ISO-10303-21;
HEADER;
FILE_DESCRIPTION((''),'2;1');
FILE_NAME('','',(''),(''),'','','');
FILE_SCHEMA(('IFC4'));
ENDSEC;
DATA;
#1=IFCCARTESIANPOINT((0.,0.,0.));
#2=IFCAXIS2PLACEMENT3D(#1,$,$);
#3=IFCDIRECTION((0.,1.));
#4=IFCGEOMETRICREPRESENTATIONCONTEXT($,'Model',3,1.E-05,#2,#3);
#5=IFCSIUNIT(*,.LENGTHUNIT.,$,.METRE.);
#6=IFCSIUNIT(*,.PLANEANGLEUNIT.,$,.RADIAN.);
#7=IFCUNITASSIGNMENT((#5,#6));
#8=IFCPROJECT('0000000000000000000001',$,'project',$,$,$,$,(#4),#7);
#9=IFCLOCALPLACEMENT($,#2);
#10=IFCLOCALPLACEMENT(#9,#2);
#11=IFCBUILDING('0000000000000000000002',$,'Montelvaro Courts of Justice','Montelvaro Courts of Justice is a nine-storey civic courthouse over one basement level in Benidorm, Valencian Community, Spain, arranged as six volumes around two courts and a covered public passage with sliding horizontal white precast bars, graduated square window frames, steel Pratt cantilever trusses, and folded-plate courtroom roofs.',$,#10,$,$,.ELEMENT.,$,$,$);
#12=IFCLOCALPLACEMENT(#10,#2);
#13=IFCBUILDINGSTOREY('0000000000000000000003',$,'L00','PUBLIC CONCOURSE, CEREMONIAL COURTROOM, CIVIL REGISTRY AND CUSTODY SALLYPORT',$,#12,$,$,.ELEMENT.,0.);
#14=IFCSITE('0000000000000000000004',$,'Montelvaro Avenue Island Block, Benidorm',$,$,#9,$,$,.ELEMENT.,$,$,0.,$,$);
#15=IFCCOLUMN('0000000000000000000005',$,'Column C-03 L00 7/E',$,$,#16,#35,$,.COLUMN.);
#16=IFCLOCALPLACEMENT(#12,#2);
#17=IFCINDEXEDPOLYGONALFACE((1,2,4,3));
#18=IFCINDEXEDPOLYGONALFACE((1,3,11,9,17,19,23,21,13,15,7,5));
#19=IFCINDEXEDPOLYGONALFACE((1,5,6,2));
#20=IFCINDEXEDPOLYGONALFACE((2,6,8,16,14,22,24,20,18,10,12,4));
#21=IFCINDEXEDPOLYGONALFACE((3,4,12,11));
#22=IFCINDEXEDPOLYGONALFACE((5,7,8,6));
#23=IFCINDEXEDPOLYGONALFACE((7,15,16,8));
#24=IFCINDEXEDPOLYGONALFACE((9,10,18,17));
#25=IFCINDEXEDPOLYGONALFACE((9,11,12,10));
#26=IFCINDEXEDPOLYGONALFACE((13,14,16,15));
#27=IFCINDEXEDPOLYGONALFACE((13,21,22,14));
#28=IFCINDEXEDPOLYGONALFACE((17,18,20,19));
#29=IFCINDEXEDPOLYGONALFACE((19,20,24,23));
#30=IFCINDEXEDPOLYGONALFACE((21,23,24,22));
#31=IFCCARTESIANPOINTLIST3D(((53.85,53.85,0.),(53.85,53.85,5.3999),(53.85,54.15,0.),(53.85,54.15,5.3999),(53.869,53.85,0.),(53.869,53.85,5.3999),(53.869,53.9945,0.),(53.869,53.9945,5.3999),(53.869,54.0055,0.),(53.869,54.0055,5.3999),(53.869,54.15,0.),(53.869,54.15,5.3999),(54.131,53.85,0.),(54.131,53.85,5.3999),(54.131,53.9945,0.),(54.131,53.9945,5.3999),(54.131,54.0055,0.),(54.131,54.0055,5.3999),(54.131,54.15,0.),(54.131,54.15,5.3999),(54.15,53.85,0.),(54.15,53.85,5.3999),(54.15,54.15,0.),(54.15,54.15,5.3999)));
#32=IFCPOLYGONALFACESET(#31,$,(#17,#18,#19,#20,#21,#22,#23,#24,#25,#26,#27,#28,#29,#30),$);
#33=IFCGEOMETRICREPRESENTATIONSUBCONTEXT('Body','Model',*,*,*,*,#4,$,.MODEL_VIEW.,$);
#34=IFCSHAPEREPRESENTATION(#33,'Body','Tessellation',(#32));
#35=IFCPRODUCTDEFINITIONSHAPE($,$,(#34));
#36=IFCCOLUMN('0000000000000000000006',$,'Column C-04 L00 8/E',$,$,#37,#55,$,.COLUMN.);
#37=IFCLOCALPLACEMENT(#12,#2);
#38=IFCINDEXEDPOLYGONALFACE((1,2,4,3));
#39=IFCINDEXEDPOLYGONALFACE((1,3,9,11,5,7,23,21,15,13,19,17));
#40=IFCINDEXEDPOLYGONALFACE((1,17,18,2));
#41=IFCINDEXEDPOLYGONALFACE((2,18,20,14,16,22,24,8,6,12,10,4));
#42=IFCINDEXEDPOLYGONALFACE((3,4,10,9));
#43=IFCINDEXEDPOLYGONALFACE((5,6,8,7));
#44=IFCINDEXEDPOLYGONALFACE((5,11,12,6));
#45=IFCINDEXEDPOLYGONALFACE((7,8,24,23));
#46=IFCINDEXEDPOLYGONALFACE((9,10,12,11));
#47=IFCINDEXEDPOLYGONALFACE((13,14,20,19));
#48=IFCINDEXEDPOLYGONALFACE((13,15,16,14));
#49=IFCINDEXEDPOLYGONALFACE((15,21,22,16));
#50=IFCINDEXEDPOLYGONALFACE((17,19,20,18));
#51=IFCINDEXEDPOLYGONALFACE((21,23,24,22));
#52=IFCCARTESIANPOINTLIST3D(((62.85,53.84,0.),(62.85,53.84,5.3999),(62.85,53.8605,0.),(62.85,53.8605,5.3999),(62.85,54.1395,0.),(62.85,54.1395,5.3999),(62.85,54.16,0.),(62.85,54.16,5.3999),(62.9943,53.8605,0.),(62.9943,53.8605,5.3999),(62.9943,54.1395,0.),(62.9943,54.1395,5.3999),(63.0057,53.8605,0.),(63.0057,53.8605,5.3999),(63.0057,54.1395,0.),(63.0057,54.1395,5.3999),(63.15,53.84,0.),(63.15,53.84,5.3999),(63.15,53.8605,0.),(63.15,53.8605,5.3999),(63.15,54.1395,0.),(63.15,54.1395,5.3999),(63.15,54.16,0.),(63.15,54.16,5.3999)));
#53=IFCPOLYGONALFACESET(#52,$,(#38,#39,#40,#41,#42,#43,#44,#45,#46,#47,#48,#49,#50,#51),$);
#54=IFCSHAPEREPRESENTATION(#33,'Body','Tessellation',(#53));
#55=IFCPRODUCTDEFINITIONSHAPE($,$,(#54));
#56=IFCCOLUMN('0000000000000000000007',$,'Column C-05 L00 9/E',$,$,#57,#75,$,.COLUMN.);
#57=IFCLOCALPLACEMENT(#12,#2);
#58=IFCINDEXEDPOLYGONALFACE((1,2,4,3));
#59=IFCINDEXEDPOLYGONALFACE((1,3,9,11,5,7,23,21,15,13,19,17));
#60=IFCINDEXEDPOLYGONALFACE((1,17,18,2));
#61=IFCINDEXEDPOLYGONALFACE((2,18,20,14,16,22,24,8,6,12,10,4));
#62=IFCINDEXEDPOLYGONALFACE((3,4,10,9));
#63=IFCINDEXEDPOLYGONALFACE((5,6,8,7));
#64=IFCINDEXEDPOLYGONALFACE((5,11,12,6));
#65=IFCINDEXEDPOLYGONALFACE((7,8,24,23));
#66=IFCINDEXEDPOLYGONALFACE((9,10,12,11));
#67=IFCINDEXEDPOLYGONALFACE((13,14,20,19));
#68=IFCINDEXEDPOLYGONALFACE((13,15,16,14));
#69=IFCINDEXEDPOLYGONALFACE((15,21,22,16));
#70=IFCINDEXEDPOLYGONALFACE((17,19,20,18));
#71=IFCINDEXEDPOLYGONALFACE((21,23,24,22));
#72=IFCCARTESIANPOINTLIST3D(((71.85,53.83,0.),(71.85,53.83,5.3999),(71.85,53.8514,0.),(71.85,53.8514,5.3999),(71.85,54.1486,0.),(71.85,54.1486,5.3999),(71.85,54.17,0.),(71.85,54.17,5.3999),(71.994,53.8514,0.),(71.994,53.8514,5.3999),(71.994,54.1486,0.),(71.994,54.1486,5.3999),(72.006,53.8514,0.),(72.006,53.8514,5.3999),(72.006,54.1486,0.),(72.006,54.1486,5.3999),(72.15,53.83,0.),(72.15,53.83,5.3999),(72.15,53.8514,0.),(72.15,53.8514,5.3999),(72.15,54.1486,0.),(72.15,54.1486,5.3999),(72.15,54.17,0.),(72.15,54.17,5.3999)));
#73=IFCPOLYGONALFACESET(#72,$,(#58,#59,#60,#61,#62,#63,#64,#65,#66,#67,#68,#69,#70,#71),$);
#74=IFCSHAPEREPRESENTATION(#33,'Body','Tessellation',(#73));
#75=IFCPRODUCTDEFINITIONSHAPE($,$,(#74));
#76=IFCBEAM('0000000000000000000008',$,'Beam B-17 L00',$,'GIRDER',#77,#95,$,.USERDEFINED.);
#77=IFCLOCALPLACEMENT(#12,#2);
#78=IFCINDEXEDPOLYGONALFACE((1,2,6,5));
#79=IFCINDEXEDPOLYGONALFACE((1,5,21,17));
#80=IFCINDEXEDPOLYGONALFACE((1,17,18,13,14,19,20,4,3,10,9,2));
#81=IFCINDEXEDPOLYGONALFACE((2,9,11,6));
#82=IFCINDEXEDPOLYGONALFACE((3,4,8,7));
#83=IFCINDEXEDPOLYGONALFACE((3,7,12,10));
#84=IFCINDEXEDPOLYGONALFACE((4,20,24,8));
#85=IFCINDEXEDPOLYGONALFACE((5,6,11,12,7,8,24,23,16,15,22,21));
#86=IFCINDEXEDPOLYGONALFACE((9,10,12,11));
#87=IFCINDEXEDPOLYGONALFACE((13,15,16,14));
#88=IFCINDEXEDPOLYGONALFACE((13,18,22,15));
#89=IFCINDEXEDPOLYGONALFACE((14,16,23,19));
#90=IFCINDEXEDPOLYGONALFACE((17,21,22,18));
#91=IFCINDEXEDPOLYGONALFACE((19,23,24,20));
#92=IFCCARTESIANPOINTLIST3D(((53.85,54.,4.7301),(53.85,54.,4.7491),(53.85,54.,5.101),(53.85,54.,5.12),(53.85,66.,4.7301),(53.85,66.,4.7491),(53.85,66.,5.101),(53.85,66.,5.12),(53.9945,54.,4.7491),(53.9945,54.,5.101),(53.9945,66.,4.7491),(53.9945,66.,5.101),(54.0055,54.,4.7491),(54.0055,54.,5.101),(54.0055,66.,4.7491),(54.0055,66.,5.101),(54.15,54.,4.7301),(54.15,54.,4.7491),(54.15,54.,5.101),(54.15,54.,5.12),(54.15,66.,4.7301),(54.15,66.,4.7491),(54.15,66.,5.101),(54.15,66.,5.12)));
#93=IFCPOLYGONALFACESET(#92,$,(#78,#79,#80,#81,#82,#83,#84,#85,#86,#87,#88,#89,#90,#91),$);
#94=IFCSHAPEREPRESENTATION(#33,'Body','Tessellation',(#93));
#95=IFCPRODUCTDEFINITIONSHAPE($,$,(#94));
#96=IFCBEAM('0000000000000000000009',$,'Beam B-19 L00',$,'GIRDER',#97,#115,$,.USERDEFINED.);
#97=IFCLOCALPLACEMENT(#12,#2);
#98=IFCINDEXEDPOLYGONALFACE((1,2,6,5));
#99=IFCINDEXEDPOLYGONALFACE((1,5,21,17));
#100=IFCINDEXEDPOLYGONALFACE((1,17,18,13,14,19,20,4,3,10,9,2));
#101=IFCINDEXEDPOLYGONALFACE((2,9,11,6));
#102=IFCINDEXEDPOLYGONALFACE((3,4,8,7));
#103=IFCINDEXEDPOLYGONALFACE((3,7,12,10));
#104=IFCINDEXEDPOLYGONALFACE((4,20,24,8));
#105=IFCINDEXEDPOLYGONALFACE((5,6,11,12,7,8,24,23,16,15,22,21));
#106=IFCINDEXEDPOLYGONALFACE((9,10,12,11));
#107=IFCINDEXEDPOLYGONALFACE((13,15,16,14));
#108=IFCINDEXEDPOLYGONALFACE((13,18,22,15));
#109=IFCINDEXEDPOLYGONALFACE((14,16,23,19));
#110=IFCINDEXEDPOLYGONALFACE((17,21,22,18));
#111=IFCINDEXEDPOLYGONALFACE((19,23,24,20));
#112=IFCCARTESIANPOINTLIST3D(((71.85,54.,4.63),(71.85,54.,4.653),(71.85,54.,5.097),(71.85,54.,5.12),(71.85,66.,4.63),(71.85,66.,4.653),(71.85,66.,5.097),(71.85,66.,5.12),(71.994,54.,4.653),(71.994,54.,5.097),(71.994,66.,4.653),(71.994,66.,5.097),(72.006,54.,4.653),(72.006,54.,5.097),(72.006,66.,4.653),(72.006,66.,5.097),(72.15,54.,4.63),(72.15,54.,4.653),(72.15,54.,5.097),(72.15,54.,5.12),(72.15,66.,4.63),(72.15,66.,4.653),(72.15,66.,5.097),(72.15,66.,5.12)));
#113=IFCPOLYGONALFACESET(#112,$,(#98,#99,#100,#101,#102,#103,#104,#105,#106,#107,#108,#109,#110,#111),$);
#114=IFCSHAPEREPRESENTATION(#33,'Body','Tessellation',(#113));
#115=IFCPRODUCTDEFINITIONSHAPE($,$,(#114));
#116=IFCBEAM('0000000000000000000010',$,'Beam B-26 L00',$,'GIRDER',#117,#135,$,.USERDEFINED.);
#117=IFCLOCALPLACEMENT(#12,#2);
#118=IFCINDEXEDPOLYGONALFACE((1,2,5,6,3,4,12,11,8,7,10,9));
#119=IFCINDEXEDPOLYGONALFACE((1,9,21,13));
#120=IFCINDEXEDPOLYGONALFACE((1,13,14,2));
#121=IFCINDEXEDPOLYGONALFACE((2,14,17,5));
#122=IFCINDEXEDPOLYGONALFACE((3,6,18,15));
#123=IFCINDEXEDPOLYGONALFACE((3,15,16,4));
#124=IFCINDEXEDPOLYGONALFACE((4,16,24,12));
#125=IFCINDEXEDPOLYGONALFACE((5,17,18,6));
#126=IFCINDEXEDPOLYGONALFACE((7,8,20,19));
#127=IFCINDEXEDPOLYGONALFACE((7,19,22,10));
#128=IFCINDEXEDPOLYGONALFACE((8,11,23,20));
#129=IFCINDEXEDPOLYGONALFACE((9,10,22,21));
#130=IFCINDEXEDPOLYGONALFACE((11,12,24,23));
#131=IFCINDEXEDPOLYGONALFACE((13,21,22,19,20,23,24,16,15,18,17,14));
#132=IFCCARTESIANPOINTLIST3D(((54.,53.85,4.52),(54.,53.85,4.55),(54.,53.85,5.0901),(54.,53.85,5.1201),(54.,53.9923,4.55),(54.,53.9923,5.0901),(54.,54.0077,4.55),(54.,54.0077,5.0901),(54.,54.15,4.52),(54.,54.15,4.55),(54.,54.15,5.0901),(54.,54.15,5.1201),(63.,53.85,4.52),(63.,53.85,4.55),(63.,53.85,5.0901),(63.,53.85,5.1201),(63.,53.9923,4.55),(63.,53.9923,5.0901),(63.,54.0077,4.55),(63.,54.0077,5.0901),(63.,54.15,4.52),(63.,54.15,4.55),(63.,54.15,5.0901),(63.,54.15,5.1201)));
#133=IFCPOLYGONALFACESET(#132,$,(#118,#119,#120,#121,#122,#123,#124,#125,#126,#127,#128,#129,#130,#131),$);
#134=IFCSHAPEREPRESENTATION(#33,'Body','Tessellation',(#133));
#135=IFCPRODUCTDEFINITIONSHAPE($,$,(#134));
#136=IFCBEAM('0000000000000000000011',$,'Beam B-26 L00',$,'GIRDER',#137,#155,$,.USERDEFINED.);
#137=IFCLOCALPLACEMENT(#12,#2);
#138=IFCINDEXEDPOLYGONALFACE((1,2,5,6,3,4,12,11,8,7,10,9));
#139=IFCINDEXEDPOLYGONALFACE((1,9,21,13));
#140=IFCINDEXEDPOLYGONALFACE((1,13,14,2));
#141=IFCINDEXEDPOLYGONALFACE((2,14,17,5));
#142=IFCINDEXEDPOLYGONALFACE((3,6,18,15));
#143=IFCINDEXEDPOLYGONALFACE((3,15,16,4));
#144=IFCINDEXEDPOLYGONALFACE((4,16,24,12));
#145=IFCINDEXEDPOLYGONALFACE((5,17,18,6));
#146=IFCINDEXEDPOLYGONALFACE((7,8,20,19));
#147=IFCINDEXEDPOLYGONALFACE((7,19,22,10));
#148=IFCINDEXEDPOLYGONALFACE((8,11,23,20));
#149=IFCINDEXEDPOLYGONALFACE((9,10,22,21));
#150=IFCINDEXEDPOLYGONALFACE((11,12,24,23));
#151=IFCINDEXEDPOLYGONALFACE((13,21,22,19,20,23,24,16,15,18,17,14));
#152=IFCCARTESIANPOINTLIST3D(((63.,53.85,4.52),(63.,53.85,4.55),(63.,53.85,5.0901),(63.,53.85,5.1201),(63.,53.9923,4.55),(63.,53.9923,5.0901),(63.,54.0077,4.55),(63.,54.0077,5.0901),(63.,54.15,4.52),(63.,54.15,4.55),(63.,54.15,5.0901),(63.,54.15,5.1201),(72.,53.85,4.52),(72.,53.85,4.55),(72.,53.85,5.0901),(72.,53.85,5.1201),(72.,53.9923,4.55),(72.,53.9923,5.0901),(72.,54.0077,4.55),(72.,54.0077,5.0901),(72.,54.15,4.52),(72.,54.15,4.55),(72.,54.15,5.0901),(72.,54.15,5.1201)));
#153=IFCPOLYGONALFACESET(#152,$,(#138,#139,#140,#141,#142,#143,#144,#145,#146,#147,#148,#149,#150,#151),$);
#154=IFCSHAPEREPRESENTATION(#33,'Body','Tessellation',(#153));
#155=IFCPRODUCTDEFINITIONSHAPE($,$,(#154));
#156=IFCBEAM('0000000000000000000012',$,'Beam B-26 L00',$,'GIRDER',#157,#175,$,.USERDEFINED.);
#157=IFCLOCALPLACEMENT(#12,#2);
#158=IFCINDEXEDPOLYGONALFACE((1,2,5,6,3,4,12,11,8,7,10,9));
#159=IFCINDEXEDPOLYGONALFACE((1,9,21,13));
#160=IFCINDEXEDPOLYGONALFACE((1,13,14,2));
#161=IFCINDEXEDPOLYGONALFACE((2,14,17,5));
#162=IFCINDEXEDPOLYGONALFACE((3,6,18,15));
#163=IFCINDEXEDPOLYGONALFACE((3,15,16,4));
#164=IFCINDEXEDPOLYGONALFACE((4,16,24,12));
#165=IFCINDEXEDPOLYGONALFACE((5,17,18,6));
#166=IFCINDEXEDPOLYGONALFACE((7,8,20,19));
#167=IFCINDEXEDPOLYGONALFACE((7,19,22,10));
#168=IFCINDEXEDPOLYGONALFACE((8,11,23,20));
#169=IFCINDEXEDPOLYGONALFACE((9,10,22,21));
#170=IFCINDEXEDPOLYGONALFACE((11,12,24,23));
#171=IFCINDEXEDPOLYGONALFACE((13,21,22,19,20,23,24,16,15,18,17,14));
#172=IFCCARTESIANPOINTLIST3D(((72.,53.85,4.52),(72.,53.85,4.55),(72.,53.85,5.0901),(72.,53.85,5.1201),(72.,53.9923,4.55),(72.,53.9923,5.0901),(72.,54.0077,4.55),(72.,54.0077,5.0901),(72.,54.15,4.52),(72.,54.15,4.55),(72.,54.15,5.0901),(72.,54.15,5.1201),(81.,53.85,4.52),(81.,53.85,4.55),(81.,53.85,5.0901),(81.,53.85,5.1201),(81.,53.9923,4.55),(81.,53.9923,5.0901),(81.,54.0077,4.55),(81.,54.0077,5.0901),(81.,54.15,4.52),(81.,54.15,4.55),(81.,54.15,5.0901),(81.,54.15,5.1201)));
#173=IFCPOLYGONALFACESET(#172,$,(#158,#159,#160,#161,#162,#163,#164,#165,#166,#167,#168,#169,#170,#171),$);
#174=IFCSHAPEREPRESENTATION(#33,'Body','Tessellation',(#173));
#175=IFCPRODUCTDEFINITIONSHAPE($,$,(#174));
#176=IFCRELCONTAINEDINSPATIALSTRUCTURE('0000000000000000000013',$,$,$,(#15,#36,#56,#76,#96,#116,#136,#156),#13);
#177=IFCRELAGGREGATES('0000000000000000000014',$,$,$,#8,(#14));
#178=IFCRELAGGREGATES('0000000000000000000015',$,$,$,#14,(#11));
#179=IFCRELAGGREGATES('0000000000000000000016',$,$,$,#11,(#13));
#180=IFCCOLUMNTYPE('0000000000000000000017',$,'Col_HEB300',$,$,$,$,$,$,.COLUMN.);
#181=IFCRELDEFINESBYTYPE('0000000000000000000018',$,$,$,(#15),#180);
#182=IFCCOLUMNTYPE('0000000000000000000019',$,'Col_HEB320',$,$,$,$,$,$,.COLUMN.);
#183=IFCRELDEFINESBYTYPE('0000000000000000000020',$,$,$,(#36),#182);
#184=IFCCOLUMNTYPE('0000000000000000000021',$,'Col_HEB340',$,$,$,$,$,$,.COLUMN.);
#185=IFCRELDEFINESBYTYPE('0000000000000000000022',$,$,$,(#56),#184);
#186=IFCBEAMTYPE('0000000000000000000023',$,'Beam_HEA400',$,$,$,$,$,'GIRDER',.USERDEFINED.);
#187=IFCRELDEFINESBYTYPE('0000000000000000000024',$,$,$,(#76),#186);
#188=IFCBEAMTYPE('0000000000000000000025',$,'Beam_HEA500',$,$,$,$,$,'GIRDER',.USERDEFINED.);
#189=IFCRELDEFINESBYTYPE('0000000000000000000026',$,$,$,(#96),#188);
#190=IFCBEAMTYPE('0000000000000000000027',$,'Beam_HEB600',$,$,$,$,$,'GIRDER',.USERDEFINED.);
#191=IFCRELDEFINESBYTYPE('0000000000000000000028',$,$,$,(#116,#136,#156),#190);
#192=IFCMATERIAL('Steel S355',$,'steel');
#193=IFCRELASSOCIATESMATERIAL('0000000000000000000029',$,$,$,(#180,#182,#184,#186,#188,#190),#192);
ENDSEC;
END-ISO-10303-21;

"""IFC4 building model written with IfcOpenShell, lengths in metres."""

from ifc_helpers import new_model, si_unit, direction, frame, origin, origin_2d, place, context, subcontext, project, spatial, i_section, extrude, material, material_profile, profile_set, type_object, element, save


model = new_model("IFC4")

# Units and contexts
model_context = context("Model", 3, precision=1e-05, world=origin(), true_north=direction((0.0, 1.0)))
body_context = subcontext(model_context, "Body", "Model", "MODEL_VIEW")
ifc_project = project(units=[si_unit("LENGTHUNIT", "METRE"), si_unit("PLANEANGLEUNIT", "RADIAN")], contexts=[model_context])

# Site, building, storey
site_placement = place(None, origin())
site = spatial("IfcSite", under=ifc_project, at=site_placement, Name="Montelvaro Avenue Island Block, Benidorm", CompositionType="ELEMENT", RefElevation=0.0)
building_placement = place(site_placement, origin())
building = spatial("IfcBuilding", under=site, at=building_placement, Name="Montelvaro Courts of Justice", Description="Montelvaro Courts of Justice is a nine-storey civic courthouse over one basement level in Benidorm, Valencian Community, Spain, arranged as six volumes around two courts and a covered public passage with sliding horizontal white precast bars, graduated square window frames, steel Pratt cantilever trusses, and folded-plate courtroom roofs.", CompositionType="ELEMENT")
storey_placement = place(building_placement, origin())
storey = spatial("IfcBuildingStorey", under=building, at=storey_placement, Name="L00", Description="PUBLIC CONCOURSE, CEREMONIAL COURTROOM, CIVIL REGISTRY AND CUSTODY SALLYPORT", CompositionType="ELEMENT", Elevation=0.0)

# Columns
ifc_material_1 = material(Name="Steel S355", Category="steel")
ifc_material_profile_1 = material_profile(ifc_material_1, i_section(OverallWidth=0.3, OverallDepth=0.3, WebThickness=0.011, FlangeThickness=0.019, at=origin_2d()), Name="HEB 300")
ifc_profile_set_1 = profile_set([ifc_material_profile_1], Name="Steel S355")
column_type_1 = type_object("IfcColumnType", Name="Col_HEB300", PredefinedType="COLUMN", material=ifc_profile_set_1)
column_1_placement = place(storey_placement, frame((54.0, 54.0, 0.0), z_axis=(0.0, 0.0, 1.0), x_axis=(0.0, 1.0, 0.0)))
element("IfcColumn", 1, at=column_1_placement, inside=storey, type_object=column_type_1, Name="Column C-03 L00 7/E", PredefinedType="COLUMN", context=body_context, shape_type="SweptSolid", body=[
    extrude(i_section(OverallWidth=0.3, OverallDepth=0.3, WebThickness=0.011, FlangeThickness=0.019, at=origin_2d()), origin(), (0.0, 0.0, 1.0), 5.3999),
])
ifc_material_profile_2 = material_profile(ifc_material_1, i_section(OverallWidth=0.3, OverallDepth=0.3201, WebThickness=0.0115, FlangeThickness=0.0205, at=origin_2d()), Name="HEB 320")
ifc_profile_set_2 = profile_set([ifc_material_profile_2], Name="Steel S355")
column_type_2 = type_object("IfcColumnType", Name="Col_HEB320", PredefinedType="COLUMN", material=ifc_profile_set_2)
column_2_placement = place(storey_placement, frame((63.0, 54.0, 0.0), z_axis=(0.0, 0.0, 1.0), x_axis=(1.0, 0.0, 0.0)))
element("IfcColumn", 2, at=column_2_placement, inside=storey, type_object=column_type_2, Name="Column C-04 L00 8/E", PredefinedType="COLUMN", context=body_context, shape_type="SweptSolid", body=[
    extrude(i_section(OverallWidth=0.3, OverallDepth=0.3201, WebThickness=0.0115, FlangeThickness=0.0205, at=origin_2d()), origin(), (0.0, 0.0, 1.0), 5.3999),
])
ifc_material_profile_3 = material_profile(ifc_material_1, i_section(OverallWidth=0.3, OverallDepth=0.3401, WebThickness=0.012, FlangeThickness=0.0215, at=origin_2d()), Name="HEB 340")
ifc_profile_set_3 = profile_set([ifc_material_profile_3], Name="Steel S355")
column_type_3 = type_object("IfcColumnType", Name="Col_HEB340", PredefinedType="COLUMN", material=ifc_profile_set_3)
column_3_placement = place(storey_placement, frame((72.0, 54.0, 0.0), z_axis=(0.0, 0.0, 1.0), x_axis=(1.0, 0.0, 0.0)))
element("IfcColumn", 3, at=column_3_placement, inside=storey, type_object=column_type_3, Name="Column C-05 L00 9/E", PredefinedType="COLUMN", context=body_context, shape_type="SweptSolid", body=[
    extrude(i_section(OverallWidth=0.3, OverallDepth=0.3401, WebThickness=0.012, FlangeThickness=0.0215, at=origin_2d()), origin(), (0.0, 0.0, 1.0), 5.3999),
])

# Beams
ifc_material_profile_4 = material_profile(ifc_material_1, i_section(OverallWidth=0.3, OverallDepth=0.3899, WebThickness=0.011, FlangeThickness=0.019, at=origin_2d()), Name="HEA 400")
ifc_profile_set_4 = profile_set([ifc_material_profile_4], Name="Steel S355")
beam_type_1 = type_object("IfcBeamType", Name="Beam_HEA400", ElementType="GIRDER", PredefinedType="USERDEFINED", material=ifc_profile_set_4)
beam_1_placement = place(storey_placement, frame((54.0, 54.0, 4.925), z_axis=(0.0, 1.0, 0.0), x_axis=(-1.0, 0.0, 0.0)))
element("IfcBeam", 4, at=beam_1_placement, inside=storey, type_object=beam_type_1, Name="Beam B-17 L00", ObjectType="GIRDER", PredefinedType="USERDEFINED", context=body_context, shape_type="SweptSolid", body=[
    extrude(i_section(OverallWidth=0.3, OverallDepth=0.3899, WebThickness=0.011, FlangeThickness=0.019, at=origin_2d()), origin(), (0.0, 0.0, 1.0), 12.0),
])
ifc_material_profile_5 = material_profile(ifc_material_1, i_section(OverallWidth=0.3, OverallDepth=0.49, WebThickness=0.012, FlangeThickness=0.0229, at=origin_2d()), Name="HEA 500")
ifc_profile_set_5 = profile_set([ifc_material_profile_5], Name="Steel S355")
beam_type_2 = type_object("IfcBeamType", Name="Beam_HEA500", ElementType="GIRDER", PredefinedType="USERDEFINED", material=ifc_profile_set_5)
beam_2_placement = place(storey_placement, frame((72.0, 54.0, 4.875), z_axis=(0.0, 1.0, 0.0), x_axis=(-1.0, 0.0, 0.0)))
element("IfcBeam", 5, at=beam_2_placement, inside=storey, type_object=beam_type_2, Name="Beam B-19 L00", ObjectType="GIRDER", PredefinedType="USERDEFINED", context=body_context, shape_type="SweptSolid", body=[
    extrude(i_section(OverallWidth=0.3, OverallDepth=0.49, WebThickness=0.012, FlangeThickness=0.0229, at=origin_2d()), origin(), (0.0, 0.0, 1.0), 12.0),
])
ifc_material_profile_6 = material_profile(ifc_material_1, i_section(OverallWidth=0.3, OverallDepth=0.6001, WebThickness=0.0154, FlangeThickness=0.03, at=origin_2d()), Name="HEB 600")
ifc_profile_set_6 = profile_set([ifc_material_profile_6], Name="Steel S355")
beam_type_3 = type_object("IfcBeamType", Name="Beam_HEB600", ElementType="GIRDER", PredefinedType="USERDEFINED", material=ifc_profile_set_6)
for number, where, z_axis, x_axis, name in (
    (6, (54.0, 54.0, 4.8201), (1.0, 0.0, 0.0), (0.0, 1.0, 0.0), "Beam B-26 L00"),
    (7, (63.0, 54.0, 4.8201), (1.0, 0.0, 0.0), (0.0, 1.0, 0.0), "Beam B-26 L00"),
    (8, (72.0, 54.0, 4.8201), (1.0, 0.0, 0.0), (0.0, 1.0, 0.0), "Beam B-26 L00"),
):
    element("IfcBeam", number, at=place(storey_placement, frame(where, z_axis=z_axis, x_axis=x_axis)), inside=storey, type_object=beam_type_3, Name=name, ObjectType="GIRDER", PredefinedType="USERDEFINED", context=body_context, shape_type="SweptSolid", body=[
        extrude(i_section(OverallWidth=0.3, OverallDepth=0.6001, WebThickness=0.0154, FlangeThickness=0.03, at=origin_2d()), origin(), (0.0, 0.0, 1.0), 9.0),
    ])

save(model, "model.ifc")
